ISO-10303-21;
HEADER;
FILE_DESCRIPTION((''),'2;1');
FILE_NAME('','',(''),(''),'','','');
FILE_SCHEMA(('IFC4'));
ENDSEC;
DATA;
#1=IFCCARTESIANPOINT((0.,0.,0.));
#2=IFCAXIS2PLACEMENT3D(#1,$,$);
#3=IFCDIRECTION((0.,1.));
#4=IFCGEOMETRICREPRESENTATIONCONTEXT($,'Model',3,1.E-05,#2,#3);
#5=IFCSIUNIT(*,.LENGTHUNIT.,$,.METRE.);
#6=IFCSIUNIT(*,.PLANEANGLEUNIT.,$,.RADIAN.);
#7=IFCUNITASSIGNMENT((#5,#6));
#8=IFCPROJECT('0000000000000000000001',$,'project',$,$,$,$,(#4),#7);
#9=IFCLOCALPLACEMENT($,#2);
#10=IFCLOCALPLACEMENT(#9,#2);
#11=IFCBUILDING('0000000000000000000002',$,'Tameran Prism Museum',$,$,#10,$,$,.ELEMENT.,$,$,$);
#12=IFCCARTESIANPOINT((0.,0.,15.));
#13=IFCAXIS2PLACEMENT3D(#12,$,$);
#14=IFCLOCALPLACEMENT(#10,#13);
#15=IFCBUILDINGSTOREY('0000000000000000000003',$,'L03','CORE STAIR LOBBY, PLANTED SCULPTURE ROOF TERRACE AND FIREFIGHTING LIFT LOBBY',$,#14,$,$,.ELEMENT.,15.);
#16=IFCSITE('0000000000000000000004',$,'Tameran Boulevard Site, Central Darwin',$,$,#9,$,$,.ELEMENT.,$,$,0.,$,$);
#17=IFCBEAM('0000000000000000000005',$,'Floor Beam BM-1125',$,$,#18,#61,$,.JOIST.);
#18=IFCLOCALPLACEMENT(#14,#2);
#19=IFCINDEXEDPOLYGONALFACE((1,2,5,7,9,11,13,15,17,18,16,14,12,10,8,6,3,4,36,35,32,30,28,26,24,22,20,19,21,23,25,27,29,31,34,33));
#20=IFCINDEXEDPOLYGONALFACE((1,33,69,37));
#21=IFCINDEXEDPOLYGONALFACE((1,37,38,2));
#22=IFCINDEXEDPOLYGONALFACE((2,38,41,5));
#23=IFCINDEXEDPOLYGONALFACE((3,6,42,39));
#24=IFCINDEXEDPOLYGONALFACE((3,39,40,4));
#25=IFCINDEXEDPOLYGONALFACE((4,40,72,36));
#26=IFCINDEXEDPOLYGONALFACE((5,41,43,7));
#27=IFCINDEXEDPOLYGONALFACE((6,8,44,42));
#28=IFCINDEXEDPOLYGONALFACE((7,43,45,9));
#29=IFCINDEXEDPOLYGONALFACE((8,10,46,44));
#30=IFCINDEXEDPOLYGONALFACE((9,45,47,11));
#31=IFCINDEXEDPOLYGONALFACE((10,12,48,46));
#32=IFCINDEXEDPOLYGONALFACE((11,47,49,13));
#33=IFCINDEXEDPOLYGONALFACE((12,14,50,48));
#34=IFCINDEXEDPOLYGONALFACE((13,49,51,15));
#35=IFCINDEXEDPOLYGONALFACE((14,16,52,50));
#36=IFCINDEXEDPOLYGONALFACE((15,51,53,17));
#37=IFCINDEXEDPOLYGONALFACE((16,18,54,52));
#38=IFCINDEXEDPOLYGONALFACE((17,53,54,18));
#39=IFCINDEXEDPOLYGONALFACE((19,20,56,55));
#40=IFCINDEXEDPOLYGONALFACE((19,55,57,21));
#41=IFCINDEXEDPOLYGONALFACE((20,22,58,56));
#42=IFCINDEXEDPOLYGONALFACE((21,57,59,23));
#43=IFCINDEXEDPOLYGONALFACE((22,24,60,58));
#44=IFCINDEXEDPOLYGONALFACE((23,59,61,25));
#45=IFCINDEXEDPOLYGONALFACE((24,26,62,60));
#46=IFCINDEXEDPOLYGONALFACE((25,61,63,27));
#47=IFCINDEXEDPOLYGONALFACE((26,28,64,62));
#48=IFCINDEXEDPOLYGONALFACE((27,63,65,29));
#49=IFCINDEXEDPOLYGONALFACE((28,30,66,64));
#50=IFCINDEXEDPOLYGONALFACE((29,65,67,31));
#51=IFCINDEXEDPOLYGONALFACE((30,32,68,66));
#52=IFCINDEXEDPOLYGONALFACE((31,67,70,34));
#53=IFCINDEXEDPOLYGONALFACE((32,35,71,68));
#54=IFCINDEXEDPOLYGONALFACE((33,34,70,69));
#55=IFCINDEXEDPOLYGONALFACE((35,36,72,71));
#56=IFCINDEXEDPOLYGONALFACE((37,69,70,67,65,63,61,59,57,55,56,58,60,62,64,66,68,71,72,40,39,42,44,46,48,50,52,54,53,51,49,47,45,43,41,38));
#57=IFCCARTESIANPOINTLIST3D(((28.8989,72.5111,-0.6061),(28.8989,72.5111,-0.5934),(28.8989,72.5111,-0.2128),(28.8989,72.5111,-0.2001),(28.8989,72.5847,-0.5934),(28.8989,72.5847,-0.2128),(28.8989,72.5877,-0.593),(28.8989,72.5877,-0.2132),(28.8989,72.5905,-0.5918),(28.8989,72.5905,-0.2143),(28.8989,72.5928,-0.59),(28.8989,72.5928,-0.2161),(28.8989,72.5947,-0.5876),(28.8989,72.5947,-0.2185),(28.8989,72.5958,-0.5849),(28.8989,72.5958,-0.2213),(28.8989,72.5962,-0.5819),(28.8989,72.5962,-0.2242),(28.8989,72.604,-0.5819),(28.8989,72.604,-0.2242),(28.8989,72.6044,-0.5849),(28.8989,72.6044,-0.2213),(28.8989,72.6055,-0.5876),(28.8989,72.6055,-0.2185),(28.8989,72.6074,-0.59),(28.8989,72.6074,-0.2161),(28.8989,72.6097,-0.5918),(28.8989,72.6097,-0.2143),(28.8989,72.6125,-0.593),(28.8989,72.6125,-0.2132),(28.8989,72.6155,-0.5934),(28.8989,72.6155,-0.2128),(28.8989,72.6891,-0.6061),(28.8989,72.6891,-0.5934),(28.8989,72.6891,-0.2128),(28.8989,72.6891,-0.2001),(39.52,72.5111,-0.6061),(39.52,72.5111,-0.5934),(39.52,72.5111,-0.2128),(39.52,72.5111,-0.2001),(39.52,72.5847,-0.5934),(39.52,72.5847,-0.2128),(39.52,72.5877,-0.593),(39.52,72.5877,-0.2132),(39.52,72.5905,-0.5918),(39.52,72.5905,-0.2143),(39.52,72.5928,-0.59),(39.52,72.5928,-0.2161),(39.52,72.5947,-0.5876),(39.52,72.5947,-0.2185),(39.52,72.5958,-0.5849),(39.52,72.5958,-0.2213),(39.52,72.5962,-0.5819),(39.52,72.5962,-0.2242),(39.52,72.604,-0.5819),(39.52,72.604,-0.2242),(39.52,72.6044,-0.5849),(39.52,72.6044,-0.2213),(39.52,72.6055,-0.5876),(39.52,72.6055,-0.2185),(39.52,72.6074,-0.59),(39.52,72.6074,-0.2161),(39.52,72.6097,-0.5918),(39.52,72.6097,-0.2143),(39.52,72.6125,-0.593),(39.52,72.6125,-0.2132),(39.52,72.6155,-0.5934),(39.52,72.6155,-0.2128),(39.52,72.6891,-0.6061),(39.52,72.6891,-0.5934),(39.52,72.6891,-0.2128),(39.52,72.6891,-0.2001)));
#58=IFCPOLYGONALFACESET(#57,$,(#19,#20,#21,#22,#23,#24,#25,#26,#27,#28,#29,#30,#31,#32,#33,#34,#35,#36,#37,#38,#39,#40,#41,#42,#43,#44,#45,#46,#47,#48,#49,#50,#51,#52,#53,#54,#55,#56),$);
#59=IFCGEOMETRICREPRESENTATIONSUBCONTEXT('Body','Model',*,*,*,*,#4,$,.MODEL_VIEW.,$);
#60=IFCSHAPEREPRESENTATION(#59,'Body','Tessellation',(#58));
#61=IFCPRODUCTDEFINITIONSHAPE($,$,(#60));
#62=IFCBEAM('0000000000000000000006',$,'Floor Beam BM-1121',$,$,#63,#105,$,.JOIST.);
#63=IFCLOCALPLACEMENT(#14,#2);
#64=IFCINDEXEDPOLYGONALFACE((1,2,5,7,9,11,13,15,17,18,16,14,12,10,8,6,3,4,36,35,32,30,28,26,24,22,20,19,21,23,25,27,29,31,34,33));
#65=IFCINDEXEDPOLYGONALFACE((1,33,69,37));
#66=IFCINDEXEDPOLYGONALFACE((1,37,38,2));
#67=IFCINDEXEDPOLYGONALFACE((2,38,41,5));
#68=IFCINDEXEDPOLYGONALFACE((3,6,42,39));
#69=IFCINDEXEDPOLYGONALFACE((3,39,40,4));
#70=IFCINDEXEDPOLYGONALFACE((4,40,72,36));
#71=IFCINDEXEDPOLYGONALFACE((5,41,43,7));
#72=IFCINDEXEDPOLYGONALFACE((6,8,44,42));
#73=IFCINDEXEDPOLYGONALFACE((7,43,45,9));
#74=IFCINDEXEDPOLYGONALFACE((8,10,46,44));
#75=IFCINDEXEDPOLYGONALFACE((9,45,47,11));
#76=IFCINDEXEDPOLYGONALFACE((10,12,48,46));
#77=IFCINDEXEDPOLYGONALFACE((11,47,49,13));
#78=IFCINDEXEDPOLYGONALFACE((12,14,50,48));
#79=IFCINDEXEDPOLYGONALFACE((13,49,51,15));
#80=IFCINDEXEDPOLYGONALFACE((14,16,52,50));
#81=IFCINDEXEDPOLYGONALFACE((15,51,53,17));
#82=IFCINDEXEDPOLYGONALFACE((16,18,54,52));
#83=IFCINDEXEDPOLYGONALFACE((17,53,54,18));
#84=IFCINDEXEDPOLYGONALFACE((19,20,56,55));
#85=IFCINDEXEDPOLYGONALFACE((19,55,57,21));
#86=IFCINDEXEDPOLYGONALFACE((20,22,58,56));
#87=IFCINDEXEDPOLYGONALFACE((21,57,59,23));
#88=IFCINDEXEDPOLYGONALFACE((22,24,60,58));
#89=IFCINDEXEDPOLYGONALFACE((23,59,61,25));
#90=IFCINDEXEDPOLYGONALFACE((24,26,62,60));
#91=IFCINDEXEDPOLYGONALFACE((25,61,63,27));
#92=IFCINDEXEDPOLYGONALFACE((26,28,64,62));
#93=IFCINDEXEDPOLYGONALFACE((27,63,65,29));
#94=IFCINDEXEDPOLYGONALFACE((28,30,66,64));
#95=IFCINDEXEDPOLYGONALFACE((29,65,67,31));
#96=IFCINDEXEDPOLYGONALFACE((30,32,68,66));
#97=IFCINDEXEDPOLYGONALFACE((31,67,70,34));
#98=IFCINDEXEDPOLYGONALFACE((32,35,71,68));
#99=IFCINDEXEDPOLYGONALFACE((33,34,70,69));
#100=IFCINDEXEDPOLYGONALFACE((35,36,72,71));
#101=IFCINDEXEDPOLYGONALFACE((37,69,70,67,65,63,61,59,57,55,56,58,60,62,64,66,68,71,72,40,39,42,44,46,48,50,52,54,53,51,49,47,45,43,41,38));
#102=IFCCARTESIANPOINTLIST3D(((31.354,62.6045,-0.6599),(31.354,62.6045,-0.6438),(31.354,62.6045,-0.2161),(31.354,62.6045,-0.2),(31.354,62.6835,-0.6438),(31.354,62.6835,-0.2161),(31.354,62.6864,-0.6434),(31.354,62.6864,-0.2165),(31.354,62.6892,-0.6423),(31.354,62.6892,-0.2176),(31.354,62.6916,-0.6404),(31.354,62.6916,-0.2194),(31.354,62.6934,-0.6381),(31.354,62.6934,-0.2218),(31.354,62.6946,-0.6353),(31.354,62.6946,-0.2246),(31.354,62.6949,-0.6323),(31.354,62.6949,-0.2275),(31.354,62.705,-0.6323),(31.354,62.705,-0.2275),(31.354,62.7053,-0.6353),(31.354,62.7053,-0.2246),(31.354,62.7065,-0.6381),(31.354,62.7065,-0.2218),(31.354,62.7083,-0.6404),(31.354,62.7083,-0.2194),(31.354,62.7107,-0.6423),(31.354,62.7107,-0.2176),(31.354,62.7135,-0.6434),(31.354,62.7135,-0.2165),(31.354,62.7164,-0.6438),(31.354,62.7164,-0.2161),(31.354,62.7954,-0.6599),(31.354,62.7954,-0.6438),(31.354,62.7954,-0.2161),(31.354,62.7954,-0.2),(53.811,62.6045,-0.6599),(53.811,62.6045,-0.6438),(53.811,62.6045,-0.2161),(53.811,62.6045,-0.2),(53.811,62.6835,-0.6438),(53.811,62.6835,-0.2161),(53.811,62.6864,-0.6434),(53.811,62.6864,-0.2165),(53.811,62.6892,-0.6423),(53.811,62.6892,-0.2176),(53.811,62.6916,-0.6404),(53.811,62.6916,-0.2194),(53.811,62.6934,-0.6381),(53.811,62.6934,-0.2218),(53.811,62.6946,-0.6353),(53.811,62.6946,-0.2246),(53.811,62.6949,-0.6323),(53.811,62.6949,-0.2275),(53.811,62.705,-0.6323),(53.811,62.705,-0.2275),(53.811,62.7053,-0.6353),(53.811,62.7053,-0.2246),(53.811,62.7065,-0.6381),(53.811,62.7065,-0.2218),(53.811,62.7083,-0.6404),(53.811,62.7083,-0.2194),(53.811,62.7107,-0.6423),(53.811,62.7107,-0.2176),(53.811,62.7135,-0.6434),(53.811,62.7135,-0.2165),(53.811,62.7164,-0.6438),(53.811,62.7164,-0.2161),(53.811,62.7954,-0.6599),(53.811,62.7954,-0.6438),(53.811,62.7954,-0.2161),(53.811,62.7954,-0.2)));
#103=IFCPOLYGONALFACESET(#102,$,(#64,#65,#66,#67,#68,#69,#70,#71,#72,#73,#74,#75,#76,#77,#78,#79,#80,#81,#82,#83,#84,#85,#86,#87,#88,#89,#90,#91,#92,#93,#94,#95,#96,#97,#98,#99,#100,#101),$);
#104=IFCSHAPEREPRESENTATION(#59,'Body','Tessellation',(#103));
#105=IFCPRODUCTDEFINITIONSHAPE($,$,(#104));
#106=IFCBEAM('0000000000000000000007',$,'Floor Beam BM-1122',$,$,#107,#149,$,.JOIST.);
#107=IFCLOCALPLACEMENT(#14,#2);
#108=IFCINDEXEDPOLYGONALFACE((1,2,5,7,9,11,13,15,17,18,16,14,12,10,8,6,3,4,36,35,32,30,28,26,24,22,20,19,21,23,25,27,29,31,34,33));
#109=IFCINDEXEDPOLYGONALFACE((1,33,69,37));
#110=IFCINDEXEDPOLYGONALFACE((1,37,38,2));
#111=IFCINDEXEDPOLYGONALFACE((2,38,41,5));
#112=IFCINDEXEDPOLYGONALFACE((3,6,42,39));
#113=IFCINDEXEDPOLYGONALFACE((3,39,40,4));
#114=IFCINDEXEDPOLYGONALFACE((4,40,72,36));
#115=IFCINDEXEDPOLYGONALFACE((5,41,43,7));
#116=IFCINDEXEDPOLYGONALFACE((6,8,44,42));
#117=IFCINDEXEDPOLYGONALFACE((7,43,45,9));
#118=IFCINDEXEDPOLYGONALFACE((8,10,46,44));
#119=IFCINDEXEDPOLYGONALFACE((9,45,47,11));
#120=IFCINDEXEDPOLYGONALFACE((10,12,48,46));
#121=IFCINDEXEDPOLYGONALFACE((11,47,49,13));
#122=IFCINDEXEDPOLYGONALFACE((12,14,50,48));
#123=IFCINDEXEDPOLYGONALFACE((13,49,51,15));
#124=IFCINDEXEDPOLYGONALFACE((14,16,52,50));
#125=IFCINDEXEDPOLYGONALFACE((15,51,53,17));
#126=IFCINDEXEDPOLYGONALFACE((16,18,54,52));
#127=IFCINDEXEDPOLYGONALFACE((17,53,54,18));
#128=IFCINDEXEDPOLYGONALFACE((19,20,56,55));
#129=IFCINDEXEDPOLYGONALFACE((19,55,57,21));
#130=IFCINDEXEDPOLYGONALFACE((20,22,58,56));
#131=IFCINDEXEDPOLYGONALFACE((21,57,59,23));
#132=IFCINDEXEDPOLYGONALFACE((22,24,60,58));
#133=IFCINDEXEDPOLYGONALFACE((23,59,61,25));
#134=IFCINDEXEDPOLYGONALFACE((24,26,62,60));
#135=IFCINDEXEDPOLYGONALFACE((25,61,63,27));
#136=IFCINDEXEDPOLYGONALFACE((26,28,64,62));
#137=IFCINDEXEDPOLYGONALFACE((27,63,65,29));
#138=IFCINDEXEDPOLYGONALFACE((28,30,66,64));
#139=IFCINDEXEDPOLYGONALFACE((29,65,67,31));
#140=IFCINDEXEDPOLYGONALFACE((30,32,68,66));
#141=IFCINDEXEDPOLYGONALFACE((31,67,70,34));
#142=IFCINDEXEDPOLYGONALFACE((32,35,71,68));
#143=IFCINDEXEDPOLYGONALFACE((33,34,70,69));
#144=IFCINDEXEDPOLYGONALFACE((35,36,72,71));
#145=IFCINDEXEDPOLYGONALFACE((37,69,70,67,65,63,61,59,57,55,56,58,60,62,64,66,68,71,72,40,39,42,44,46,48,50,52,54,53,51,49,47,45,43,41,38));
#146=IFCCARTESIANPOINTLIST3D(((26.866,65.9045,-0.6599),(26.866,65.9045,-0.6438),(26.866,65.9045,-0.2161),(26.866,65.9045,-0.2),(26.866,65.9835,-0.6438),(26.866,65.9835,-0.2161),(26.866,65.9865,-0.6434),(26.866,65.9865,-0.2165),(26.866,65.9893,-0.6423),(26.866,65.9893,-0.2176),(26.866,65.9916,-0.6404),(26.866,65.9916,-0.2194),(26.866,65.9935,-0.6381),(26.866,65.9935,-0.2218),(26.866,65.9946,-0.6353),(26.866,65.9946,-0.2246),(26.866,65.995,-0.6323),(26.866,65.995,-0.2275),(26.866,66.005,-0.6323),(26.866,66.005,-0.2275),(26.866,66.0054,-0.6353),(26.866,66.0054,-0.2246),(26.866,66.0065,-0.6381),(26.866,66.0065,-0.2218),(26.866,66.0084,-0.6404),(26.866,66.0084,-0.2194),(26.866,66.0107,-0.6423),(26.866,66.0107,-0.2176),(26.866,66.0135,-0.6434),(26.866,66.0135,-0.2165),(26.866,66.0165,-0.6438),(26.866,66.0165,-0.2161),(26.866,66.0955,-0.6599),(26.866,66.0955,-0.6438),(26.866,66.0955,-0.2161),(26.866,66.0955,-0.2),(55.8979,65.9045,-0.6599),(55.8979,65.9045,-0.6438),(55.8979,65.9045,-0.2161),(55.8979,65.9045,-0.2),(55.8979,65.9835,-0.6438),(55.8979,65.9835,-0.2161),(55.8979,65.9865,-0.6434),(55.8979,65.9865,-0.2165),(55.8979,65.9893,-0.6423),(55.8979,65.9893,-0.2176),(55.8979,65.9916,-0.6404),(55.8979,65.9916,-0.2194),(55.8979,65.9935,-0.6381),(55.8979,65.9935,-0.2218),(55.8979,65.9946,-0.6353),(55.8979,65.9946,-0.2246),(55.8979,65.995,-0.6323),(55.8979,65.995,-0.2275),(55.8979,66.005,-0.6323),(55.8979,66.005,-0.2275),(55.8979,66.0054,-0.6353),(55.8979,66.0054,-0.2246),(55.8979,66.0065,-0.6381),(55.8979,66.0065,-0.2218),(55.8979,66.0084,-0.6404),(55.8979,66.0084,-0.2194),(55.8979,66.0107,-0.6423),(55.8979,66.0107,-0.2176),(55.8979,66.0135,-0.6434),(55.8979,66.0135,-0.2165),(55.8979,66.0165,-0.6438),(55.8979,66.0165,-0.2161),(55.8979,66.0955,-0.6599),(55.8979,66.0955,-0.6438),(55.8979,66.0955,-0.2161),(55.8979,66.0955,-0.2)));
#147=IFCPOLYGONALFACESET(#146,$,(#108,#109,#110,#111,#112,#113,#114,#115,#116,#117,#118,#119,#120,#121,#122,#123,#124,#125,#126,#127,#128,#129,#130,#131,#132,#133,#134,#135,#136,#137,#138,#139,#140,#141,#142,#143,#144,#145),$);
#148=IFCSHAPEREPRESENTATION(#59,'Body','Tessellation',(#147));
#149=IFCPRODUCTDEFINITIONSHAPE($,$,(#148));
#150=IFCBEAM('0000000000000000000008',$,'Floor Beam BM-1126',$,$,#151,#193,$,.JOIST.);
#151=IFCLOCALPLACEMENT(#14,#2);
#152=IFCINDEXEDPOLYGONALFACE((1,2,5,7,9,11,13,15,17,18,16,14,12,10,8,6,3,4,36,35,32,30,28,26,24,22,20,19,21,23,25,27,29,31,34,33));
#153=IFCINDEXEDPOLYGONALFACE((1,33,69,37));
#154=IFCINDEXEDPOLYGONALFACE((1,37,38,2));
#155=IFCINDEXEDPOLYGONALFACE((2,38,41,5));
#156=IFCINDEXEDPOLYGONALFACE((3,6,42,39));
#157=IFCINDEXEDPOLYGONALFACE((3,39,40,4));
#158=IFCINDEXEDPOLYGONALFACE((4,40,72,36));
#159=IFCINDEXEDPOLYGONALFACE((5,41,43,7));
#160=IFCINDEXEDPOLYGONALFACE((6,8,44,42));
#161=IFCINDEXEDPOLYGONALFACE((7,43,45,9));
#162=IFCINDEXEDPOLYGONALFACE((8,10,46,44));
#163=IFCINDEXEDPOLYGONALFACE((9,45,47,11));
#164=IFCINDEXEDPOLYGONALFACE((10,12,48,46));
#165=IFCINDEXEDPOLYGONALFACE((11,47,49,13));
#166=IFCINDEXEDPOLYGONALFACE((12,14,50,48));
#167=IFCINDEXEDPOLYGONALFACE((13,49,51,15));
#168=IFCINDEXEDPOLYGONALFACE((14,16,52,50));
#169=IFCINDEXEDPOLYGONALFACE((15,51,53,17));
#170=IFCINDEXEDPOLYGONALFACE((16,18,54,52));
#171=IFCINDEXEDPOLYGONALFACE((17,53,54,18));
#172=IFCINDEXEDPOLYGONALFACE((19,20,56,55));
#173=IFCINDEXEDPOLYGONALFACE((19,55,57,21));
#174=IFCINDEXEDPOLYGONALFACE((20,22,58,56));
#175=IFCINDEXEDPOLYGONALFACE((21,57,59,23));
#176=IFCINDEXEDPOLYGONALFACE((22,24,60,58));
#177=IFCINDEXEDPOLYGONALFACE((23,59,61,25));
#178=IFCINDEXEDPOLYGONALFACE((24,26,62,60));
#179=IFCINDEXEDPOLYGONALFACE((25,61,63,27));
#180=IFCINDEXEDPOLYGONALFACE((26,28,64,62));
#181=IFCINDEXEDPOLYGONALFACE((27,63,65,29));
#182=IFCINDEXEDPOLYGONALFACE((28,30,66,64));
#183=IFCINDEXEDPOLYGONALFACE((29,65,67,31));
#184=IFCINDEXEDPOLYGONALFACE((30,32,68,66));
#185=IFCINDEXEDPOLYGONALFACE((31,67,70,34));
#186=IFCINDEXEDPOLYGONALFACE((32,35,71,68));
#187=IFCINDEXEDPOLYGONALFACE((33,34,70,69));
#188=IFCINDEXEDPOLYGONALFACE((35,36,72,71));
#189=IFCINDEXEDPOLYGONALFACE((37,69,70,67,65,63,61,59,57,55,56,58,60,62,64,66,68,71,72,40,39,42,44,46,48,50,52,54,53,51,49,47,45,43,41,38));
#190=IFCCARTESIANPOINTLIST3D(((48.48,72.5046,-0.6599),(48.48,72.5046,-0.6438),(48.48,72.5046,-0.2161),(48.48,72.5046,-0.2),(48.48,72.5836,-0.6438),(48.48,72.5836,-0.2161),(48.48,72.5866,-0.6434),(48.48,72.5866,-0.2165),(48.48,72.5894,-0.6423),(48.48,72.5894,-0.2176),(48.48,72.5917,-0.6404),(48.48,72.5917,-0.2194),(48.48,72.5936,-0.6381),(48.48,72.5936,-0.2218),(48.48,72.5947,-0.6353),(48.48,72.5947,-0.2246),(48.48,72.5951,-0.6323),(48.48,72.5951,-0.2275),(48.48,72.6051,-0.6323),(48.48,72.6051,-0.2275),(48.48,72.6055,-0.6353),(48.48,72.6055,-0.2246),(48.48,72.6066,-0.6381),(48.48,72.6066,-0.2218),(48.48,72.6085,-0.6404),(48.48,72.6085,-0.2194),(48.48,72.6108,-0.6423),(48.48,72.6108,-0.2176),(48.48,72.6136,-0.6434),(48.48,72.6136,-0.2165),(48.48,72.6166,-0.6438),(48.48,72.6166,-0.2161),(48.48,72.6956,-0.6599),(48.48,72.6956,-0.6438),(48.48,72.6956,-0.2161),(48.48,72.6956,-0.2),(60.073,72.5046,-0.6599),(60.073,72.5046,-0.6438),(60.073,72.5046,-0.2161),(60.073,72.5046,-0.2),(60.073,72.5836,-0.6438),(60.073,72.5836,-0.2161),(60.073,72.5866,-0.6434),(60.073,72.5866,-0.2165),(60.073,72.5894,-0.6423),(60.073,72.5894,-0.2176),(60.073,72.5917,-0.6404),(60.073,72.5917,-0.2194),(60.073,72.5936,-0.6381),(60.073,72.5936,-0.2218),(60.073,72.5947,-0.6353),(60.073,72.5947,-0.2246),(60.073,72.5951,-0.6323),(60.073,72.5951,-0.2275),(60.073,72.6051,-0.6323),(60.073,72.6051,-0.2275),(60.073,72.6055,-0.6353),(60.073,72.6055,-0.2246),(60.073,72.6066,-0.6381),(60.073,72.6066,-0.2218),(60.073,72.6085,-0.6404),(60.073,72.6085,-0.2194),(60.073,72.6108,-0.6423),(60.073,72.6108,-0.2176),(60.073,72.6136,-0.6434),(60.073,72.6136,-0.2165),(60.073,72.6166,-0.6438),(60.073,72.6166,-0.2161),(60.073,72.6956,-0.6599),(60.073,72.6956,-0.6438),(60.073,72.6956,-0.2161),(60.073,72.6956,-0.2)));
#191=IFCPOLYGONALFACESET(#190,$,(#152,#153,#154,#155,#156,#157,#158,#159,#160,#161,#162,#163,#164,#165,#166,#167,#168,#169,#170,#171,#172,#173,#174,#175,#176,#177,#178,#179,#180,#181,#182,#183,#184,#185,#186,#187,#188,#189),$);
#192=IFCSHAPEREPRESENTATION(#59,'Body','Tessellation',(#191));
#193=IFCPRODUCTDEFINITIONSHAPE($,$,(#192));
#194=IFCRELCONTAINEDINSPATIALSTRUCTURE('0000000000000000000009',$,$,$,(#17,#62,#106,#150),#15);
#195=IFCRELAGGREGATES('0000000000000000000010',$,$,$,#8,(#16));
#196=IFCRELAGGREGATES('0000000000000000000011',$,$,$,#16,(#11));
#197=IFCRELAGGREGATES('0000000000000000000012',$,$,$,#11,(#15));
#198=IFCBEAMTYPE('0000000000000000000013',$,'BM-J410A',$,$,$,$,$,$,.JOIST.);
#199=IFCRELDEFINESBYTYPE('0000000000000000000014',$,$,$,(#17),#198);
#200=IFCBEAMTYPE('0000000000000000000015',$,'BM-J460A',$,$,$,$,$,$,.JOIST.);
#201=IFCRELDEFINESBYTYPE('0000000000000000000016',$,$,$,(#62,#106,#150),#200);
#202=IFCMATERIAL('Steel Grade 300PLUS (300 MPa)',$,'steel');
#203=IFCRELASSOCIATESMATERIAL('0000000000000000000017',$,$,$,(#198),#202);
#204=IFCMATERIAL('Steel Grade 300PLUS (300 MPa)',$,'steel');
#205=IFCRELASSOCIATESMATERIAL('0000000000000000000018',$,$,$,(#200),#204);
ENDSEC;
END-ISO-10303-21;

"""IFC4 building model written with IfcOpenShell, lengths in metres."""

from ifc_helpers import new_model, si_unit, direction, frame, origin, origin_2d, place, context, subcontext, project, spatial, i_section, extrude, material, material_profile, profile_set, type_object, element, save


model = new_model("IFC4")

# Units and contexts
model_context = context("Model", 3, precision=1e-05, world=origin(), true_north=direction((0.0, 1.0)))
body_context = subcontext(model_context, "Body", "Model", "MODEL_VIEW")
ifc_project = project(units=[si_unit("LENGTHUNIT", "METRE"), si_unit("PLANEANGLEUNIT", "RADIAN")], contexts=[model_context])

# Site, building, storey
site_placement = place(None, origin())
site = spatial("IfcSite", under=ifc_project, at=site_placement, Name="Tameran Boulevard Site, Central Darwin", CompositionType="ELEMENT", RefElevation=0.0)
building_placement = place(site_placement, origin())
building = spatial("IfcBuilding", under=site, at=building_placement, Name="Tameran Prism Museum", CompositionType="ELEMENT")
storey_placement = place(building_placement, frame((0.0, 0.0, 15.0)))
storey = spatial("IfcBuildingStorey", under=building, at=storey_placement, Name="L03", Description="CORE STAIR LOBBY, PLANTED SCULPTURE ROOF TERRACE AND FIREFIGHTING LIFT LOBBY", CompositionType="ELEMENT", Elevation=15.0)

# Beams
ifc_material_1 = material(Name="Steel Grade 300PLUS (300 MPa)", Category="steel")
ifc_material_profile_1 = material_profile(ifc_material_1, i_section(OverallWidth=0.178, OverallDepth=0.406, WebThickness=0.0078, FlangeThickness=0.0127, FilletRadius=0.0115, at=origin_2d()))
ifc_profile_set_1 = profile_set([ifc_material_profile_1])
beam_type_1 = type_object("IfcBeamType", Name="BM-J410A", PredefinedType="JOIST", material=ifc_profile_set_1)
beam_1_placement = place(storey_placement, frame((28.8989, 72.6001, -0.4031), z_axis=(1.0, 0.0, 0.0), x_axis=(0.0, 1.0, 0.0)))
element("IfcBeam", 1, at=beam_1_placement, inside=storey, type_object=beam_type_1, Name="Floor Beam BM-1125", PredefinedType="JOIST", context=body_context, shape_type="SweptSolid", body=[
    extrude(i_section(OverallWidth=0.178, OverallDepth=0.406, WebThickness=0.0078, FlangeThickness=0.0127, FilletRadius=0.0115, at=origin_2d()), origin(), (0.0, 0.0, 1.0), 10.6211),
])
ifc_material_2 = material(Name="Steel Grade 300PLUS (300 MPa)", Category="steel")
ifc_material_profile_2 = material_profile(ifc_material_2, i_section(OverallWidth=0.1909, OverallDepth=0.46, WebThickness=0.01, FlangeThickness=0.0161, FilletRadius=0.0115, at=origin_2d()))
ifc_profile_set_2 = profile_set([ifc_material_profile_2])
beam_type_2 = type_object("IfcBeamType", Name="BM-J460A", PredefinedType="JOIST", material=ifc_profile_set_2)
beam_2_placement = place(storey_placement, frame((31.354, 62.7, -0.4299), z_axis=(1.0, 0.0, 0.0), x_axis=(0.0, 1.0, 0.0)))
element("IfcBeam", 2, at=beam_2_placement, inside=storey, type_object=beam_type_2, Name="Floor Beam BM-1121", PredefinedType="JOIST", context=body_context, shape_type="SweptSolid", body=[
    extrude(i_section(OverallWidth=0.1909, OverallDepth=0.46, WebThickness=0.01, FlangeThickness=0.0161, FilletRadius=0.0115, at=origin_2d()), origin(), (0.0, 0.0, 1.0), 22.457),
])
beam_3_placement = place(storey_placement, frame((26.866, 66.0, -0.4299), z_axis=(1.0, 0.0, 0.0), x_axis=(0.0, 1.0, 0.0)))
element("IfcBeam", 3, at=beam_3_placement, inside=storey, type_object=beam_type_2, Name="Floor Beam BM-1122", PredefinedType="JOIST", context=body_context, shape_type="SweptSolid", body=[
    extrude(i_section(OverallWidth=0.1909, OverallDepth=0.46, WebThickness=0.01, FlangeThickness=0.0161, FilletRadius=0.0115, at=origin_2d()), origin(), (0.0, 0.0, 1.0), 29.032),
])
beam_4_placement = place(storey_placement, frame((48.48, 72.6001, -0.4299), z_axis=(1.0, 0.0, 0.0), x_axis=(0.0, 1.0, 0.0)))
element("IfcBeam", 4, at=beam_4_placement, inside=storey, type_object=beam_type_2, Name="Floor Beam BM-1126", PredefinedType="JOIST", context=body_context, shape_type="SweptSolid", body=[
    extrude(i_section(OverallWidth=0.1909, OverallDepth=0.46, WebThickness=0.01, FlangeThickness=0.0161, FilletRadius=0.0115, at=origin_2d()), origin(), (0.0, 0.0, 1.0), 11.593),
])

save(model, "model.ifc")
